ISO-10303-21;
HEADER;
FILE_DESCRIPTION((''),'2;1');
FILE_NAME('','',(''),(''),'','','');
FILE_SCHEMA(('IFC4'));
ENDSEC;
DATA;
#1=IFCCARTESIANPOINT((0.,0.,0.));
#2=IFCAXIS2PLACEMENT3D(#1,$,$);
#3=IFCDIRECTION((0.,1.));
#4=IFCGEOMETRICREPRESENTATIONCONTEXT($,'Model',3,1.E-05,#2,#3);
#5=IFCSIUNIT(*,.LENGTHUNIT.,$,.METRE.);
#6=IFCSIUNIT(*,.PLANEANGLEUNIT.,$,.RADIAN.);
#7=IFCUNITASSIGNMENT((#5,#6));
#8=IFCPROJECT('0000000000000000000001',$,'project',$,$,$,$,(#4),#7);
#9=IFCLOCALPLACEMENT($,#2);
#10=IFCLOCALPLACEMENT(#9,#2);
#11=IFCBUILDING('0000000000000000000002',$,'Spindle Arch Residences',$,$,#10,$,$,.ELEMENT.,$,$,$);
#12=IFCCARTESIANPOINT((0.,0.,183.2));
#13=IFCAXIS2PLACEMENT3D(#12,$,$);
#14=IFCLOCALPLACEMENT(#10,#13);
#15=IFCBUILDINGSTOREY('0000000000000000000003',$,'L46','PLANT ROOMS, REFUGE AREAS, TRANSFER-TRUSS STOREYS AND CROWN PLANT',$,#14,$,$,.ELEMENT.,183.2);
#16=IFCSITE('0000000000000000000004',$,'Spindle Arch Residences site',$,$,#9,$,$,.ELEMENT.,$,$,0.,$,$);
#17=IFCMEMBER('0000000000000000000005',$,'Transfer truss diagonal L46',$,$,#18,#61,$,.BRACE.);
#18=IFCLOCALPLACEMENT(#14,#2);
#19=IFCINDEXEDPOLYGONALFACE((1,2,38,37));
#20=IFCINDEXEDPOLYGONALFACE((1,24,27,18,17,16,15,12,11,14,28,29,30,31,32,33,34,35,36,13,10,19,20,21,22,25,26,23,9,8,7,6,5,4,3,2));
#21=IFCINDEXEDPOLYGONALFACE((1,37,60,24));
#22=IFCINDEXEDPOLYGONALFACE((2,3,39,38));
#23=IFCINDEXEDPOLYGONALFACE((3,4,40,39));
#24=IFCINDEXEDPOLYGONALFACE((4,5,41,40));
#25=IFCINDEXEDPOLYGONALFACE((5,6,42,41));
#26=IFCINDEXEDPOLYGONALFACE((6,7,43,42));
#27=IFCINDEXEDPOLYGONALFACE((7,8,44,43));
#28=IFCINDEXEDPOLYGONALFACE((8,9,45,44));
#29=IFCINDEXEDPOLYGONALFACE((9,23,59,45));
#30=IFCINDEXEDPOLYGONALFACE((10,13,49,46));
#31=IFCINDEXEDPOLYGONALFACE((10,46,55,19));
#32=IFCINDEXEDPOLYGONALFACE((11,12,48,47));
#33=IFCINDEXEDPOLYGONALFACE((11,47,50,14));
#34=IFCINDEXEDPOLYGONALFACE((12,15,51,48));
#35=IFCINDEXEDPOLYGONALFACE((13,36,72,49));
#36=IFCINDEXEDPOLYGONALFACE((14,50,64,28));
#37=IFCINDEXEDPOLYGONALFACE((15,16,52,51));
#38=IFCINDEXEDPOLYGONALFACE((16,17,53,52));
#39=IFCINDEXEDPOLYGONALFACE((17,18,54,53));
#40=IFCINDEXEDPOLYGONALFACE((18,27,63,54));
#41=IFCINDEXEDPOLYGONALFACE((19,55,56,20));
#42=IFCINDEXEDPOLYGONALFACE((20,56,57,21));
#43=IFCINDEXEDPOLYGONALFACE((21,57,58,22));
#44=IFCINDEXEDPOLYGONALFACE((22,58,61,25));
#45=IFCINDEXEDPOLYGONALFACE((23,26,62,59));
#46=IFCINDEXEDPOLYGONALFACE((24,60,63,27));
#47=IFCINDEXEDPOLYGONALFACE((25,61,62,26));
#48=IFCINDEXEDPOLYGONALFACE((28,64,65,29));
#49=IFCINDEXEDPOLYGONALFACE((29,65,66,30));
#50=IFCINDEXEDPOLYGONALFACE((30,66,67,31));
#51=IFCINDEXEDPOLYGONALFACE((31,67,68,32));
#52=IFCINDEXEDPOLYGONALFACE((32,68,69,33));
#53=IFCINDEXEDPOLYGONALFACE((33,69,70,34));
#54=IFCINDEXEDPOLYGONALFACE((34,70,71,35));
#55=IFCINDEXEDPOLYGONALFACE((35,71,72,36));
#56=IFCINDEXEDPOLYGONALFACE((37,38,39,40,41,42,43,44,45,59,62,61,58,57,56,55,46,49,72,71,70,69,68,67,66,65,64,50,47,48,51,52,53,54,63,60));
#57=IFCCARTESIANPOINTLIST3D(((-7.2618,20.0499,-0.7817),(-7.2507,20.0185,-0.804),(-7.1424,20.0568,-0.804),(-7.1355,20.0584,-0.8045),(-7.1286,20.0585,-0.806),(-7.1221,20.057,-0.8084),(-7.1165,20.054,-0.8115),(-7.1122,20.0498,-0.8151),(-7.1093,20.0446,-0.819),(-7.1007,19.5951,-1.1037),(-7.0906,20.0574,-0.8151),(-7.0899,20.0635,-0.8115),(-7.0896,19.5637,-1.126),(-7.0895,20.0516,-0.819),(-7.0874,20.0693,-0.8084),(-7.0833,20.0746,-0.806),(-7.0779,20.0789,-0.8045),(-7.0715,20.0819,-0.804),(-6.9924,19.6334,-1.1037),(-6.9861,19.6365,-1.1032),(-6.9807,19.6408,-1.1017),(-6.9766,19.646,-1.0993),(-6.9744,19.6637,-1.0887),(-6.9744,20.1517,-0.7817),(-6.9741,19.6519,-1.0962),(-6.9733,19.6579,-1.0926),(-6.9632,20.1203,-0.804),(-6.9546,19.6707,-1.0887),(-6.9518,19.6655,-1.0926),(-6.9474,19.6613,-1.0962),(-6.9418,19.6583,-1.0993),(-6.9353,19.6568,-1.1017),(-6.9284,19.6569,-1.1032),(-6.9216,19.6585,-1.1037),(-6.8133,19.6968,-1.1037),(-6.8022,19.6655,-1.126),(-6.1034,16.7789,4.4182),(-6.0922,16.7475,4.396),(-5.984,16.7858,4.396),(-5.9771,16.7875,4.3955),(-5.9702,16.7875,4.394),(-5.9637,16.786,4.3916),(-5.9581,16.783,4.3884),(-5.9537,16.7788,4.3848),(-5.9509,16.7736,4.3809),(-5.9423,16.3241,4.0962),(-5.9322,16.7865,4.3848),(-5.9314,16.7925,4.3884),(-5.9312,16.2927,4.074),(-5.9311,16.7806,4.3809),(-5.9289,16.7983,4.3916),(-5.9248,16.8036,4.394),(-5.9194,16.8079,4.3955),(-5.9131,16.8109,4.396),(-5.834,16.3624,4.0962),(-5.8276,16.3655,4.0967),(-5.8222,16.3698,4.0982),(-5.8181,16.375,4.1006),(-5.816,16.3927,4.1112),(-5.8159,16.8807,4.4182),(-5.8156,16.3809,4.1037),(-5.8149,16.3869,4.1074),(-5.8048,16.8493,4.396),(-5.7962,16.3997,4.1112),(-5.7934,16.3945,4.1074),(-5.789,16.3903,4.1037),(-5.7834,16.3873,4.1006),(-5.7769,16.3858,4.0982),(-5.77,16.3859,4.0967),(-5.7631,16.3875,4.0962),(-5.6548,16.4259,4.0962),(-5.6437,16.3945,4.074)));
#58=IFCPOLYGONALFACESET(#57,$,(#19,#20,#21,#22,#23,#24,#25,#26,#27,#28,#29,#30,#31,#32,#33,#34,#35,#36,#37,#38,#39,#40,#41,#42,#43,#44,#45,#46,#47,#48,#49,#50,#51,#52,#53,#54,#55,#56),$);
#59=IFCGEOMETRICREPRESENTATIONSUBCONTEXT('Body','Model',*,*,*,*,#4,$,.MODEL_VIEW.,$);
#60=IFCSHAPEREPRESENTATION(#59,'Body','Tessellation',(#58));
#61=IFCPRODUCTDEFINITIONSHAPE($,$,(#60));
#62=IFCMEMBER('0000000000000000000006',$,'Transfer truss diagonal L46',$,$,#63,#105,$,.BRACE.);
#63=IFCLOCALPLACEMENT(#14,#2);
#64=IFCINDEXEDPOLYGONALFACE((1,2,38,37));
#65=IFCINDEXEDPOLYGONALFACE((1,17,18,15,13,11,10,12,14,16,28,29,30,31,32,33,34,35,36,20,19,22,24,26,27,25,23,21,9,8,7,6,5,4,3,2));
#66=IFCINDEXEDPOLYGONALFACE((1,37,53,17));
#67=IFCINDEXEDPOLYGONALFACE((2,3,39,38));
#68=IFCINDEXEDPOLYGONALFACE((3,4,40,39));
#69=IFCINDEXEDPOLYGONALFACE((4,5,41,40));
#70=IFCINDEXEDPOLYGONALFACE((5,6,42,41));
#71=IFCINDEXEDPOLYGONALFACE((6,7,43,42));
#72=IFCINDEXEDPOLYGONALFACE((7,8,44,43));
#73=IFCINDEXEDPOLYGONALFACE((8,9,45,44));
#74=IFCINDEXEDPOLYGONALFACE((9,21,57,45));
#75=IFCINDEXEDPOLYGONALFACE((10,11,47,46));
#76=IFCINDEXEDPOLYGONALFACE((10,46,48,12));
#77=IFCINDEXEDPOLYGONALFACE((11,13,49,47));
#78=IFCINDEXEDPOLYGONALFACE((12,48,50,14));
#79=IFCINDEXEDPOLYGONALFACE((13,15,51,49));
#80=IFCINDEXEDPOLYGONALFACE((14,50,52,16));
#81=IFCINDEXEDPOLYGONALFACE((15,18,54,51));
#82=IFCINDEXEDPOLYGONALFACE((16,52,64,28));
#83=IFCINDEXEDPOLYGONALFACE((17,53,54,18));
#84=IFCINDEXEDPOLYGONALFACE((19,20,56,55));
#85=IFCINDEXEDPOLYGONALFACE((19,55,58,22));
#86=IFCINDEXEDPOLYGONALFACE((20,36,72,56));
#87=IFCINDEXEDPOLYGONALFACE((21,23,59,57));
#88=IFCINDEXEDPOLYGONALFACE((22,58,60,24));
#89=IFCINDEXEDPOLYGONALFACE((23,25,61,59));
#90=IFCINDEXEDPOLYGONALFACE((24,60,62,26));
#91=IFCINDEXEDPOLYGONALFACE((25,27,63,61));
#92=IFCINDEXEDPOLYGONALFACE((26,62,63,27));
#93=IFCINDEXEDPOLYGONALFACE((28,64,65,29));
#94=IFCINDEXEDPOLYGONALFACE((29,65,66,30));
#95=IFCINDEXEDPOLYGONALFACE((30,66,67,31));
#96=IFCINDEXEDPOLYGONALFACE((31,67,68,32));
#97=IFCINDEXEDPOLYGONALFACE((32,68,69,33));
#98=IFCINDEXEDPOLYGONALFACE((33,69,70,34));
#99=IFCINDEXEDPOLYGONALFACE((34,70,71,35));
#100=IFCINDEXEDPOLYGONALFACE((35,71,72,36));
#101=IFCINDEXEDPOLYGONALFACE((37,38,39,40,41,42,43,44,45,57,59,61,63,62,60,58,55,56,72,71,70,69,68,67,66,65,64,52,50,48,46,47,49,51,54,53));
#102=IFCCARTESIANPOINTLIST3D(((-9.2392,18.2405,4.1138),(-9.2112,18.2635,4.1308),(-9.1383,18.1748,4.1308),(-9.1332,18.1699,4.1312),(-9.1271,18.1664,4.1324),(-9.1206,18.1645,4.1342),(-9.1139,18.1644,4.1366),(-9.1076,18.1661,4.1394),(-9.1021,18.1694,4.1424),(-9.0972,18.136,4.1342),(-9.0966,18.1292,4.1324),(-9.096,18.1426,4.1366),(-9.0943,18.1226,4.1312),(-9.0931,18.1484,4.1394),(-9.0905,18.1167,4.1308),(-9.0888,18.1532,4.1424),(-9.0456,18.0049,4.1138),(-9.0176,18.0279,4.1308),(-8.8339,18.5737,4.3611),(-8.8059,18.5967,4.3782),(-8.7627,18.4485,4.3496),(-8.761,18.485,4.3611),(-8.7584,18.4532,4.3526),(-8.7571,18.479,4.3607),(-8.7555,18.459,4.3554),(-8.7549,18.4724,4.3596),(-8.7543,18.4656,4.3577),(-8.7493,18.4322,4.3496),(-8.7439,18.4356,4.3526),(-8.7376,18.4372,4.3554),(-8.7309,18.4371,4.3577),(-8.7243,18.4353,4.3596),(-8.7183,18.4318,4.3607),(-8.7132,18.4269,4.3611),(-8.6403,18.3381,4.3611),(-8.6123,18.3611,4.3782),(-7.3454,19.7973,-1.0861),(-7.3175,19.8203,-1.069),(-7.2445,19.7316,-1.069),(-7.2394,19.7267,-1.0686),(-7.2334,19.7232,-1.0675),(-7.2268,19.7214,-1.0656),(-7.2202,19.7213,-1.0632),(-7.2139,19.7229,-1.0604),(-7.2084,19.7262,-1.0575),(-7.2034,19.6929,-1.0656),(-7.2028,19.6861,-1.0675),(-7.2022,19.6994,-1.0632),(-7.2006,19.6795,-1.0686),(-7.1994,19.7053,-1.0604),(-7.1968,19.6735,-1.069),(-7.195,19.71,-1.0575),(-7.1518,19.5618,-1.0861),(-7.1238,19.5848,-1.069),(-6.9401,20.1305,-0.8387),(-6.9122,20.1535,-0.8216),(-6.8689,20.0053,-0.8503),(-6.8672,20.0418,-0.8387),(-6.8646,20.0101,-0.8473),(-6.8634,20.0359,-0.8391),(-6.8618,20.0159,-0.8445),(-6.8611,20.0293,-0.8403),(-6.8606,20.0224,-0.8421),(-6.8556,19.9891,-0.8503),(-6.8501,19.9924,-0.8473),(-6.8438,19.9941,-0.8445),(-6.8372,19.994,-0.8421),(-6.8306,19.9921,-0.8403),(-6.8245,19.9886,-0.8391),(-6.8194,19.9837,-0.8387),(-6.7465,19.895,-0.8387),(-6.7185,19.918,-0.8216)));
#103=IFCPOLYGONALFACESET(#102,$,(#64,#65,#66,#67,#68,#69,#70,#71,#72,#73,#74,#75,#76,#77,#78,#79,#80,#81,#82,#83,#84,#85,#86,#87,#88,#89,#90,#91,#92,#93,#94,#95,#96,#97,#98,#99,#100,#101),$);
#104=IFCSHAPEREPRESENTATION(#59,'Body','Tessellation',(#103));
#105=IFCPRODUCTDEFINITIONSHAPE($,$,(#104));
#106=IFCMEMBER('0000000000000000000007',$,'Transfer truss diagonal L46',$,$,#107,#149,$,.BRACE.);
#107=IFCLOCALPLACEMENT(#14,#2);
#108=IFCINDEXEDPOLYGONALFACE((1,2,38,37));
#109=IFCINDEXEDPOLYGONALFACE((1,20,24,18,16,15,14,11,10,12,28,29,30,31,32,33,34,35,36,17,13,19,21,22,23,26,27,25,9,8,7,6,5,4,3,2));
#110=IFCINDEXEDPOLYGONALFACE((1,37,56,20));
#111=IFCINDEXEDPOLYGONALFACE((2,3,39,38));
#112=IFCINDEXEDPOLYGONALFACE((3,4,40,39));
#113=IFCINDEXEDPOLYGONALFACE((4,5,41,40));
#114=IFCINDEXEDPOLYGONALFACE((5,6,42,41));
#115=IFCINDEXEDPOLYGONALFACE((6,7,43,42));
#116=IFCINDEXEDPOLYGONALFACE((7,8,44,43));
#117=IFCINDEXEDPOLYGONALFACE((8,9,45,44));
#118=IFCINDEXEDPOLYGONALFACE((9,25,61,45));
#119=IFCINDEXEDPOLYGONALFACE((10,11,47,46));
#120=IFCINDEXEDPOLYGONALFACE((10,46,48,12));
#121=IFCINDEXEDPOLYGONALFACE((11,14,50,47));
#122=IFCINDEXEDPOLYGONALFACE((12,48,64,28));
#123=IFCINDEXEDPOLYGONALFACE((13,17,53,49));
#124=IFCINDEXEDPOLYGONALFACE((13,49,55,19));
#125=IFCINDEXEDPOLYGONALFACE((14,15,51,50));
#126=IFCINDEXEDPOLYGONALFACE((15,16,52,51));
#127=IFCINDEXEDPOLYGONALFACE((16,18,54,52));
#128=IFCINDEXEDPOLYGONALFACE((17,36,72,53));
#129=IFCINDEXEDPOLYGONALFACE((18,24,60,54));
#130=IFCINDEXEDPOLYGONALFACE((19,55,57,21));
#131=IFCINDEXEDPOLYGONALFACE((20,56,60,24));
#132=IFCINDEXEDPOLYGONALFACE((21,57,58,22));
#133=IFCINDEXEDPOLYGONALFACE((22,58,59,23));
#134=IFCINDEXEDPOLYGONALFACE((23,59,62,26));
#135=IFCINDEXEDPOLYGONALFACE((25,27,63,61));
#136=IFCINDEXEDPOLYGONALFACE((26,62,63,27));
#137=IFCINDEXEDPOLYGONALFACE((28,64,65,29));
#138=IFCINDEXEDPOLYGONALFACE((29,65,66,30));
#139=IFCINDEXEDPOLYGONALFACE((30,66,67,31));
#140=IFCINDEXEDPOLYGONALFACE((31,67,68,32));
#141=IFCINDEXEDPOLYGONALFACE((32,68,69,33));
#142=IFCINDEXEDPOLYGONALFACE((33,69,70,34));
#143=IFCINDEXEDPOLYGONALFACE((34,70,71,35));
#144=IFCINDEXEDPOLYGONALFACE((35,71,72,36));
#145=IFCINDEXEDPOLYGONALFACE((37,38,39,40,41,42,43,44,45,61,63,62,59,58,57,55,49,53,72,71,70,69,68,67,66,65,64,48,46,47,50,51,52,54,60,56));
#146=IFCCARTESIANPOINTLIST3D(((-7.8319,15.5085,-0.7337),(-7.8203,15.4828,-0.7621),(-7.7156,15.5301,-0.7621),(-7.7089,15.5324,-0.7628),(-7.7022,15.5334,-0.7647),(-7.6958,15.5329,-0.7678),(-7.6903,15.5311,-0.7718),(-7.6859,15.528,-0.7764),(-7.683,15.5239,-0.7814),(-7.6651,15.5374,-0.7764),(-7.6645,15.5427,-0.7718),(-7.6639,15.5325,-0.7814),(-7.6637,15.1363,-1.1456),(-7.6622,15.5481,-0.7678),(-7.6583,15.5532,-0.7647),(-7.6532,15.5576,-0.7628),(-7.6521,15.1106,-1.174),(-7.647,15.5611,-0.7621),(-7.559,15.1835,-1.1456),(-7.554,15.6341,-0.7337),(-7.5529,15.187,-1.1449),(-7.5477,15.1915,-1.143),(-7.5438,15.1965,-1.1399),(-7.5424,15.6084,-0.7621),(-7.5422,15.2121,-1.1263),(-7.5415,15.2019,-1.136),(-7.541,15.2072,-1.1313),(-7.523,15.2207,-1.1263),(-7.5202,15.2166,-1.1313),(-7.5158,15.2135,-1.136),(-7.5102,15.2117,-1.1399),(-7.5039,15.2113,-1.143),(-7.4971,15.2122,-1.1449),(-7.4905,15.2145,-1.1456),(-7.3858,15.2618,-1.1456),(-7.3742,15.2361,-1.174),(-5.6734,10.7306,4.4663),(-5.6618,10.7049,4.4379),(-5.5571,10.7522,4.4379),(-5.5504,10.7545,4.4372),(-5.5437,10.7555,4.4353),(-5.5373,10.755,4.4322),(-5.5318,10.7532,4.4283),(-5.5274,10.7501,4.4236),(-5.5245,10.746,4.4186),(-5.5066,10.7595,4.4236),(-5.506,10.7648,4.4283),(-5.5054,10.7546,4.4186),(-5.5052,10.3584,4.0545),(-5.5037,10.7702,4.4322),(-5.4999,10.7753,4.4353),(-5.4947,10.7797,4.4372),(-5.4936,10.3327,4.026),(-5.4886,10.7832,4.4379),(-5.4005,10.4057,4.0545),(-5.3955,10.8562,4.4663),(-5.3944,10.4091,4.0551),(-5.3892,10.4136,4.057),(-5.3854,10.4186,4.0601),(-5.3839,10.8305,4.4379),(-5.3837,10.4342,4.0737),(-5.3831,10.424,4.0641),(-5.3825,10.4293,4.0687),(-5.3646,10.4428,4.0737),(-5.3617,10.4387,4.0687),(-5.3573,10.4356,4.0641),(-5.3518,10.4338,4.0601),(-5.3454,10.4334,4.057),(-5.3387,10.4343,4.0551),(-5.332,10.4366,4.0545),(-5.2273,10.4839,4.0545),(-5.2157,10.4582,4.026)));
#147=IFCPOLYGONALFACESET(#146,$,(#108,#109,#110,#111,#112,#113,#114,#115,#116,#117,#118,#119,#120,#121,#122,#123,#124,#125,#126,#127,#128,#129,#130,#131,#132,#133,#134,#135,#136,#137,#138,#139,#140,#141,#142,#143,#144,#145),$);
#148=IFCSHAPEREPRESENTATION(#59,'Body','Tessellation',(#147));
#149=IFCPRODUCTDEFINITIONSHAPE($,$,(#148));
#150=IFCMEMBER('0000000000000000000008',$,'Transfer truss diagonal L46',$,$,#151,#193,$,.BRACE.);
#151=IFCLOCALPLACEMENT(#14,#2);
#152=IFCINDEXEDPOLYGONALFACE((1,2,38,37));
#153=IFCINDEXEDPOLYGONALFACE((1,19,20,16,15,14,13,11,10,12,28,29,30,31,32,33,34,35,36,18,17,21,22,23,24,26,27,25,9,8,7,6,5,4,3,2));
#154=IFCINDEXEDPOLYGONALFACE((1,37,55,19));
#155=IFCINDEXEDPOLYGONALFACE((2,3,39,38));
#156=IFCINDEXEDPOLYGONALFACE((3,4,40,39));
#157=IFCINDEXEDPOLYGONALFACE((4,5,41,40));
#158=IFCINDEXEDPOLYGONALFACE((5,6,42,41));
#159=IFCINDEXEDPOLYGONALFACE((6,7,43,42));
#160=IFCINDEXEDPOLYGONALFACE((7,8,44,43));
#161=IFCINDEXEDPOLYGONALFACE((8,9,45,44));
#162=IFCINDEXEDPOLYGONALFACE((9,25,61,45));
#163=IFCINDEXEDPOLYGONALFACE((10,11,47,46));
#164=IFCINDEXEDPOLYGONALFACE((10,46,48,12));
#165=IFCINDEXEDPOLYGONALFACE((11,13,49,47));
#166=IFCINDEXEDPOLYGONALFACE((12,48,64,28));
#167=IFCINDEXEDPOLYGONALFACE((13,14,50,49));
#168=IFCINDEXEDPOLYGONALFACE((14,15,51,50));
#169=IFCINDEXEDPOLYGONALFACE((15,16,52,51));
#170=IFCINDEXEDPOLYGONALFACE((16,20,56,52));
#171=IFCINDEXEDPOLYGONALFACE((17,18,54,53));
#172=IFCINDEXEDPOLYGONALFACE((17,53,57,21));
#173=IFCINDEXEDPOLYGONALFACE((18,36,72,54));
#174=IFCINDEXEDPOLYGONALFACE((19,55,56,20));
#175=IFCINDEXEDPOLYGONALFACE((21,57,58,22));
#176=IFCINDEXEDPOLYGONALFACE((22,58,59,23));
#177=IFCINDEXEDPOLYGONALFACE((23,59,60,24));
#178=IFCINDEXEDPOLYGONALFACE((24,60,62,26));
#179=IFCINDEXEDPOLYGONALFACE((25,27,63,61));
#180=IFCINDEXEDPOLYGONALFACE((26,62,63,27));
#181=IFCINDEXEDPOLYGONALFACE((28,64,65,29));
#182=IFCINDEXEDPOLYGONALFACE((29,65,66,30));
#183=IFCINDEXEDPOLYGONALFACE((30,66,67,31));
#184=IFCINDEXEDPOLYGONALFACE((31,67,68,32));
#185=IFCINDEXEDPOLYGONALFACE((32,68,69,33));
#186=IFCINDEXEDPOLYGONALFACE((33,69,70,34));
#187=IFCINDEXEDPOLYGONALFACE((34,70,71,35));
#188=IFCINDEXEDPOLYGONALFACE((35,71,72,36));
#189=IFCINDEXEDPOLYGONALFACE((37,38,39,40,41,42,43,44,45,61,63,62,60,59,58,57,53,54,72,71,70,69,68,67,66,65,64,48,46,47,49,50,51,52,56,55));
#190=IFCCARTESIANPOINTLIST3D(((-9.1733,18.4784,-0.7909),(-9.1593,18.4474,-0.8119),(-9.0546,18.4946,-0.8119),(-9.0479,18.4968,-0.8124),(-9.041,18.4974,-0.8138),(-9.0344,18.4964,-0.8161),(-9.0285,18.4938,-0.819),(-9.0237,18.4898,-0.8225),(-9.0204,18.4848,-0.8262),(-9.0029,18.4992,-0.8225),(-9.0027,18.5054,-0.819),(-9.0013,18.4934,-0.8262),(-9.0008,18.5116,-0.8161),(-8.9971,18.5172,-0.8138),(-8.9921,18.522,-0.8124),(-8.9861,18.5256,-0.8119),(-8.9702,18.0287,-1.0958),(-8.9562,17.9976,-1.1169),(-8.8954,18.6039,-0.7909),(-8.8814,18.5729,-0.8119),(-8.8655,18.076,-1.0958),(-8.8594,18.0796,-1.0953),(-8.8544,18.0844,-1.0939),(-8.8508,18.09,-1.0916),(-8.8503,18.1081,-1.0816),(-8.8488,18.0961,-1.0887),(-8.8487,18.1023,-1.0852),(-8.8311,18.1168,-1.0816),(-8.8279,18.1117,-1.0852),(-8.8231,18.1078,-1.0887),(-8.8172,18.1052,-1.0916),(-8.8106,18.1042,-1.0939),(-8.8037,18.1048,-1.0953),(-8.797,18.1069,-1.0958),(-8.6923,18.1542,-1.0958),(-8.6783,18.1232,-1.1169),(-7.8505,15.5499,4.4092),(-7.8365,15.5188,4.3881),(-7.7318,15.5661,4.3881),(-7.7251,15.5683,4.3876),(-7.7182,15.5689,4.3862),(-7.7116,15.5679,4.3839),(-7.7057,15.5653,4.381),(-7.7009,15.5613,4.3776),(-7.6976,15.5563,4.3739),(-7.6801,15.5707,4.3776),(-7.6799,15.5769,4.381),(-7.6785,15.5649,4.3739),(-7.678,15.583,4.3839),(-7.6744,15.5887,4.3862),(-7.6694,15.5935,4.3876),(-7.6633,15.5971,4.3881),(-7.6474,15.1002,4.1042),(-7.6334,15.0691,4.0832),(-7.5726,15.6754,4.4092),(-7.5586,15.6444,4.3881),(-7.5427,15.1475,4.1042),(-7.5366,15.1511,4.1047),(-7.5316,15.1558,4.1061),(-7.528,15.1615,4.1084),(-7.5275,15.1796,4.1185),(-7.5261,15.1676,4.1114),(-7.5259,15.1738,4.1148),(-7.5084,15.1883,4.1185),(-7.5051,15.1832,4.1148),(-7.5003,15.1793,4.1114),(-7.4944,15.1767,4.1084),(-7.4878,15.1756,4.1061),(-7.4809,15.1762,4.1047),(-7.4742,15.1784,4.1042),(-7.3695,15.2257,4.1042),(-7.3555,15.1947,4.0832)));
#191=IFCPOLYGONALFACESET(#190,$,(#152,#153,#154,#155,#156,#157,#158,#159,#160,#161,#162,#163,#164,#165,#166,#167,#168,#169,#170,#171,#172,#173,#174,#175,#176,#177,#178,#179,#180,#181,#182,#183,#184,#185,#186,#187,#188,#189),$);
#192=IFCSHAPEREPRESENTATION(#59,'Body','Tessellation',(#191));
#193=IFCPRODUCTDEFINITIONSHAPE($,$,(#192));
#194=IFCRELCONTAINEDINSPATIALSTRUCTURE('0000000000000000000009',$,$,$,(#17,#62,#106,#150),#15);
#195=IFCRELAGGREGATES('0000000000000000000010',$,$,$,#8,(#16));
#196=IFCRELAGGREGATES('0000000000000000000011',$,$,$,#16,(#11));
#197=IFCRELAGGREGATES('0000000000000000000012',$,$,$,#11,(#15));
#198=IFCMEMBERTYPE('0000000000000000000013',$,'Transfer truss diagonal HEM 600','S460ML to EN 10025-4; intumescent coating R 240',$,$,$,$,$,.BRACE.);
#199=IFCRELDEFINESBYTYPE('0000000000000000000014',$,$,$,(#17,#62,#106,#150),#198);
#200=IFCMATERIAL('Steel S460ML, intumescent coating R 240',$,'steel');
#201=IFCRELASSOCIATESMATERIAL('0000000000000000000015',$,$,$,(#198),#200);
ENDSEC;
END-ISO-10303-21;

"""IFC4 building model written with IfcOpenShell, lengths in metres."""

from ifc_helpers import new_model, si_unit, direction, frame, origin, origin_2d, place, context, subcontext, project, spatial, i_section, extrude, material, material_profile, profile_set, type_object, element, save


model = new_model("IFC4")

# Units and contexts
model_context = context("Model", 3, precision=1e-05, world=origin(), true_north=direction((0.0, 1.0)))
body_context = subcontext(model_context, "Body", "Model", "MODEL_VIEW")
ifc_project = project(units=[si_unit("LENGTHUNIT", "METRE"), si_unit("PLANEANGLEUNIT", "RADIAN")], contexts=[model_context])

# Site, building, storey
site_placement = place(None, origin())
site = spatial("IfcSite", under=ifc_project, at=site_placement, Name="Spindle Arch Residences site", CompositionType="ELEMENT", RefElevation=0.0)
building_placement = place(site_placement, origin())
building = spatial("IfcBuilding", under=site, at=building_placement, Name="Spindle Arch Residences", CompositionType="ELEMENT")
storey_placement = place(building_placement, frame((0.0, 0.0, 183.2)))
storey = spatial("IfcBuildingStorey", under=building, at=storey_placement, Name="L46", Description="PLANT ROOMS, REFUGE AREAS, TRANSFER-TRUSS STOREYS AND CROWN PLANT", CompositionType="ELEMENT", Elevation=183.2)

# Members
ifc_material_1 = material(Name="Steel S460ML, intumescent coating R 240", Category="steel")
ifc_material_profile_1 = material_profile(ifc_material_1, i_section(OverallWidth=0.3049, OverallDepth=0.6201, WebThickness=0.021, FlangeThickness=0.04, FilletRadius=0.0271, at=origin_2d()), Name="HEM 600")
ifc_profile_set_1 = profile_set([ifc_material_profile_1], Name="Steel S460ML, intumescent coating R 240")
member_type_1 = type_object("IfcMemberType", Name="Transfer truss diagonal HEM 600", Description="S460ML to EN 10025-4; intumescent coating R 240", PredefinedType="BRACE", material=ifc_profile_set_1)
member_1_placement = place(storey_placement, frame((-7.032, 19.8577, -0.9539), z_axis=(0.185308, -0.523236, 0.831796), x_axis=(0.94263, 0.333839, 0.0)))
element("IfcMember", 1, at=member_1_placement, inside=storey, type_object=member_type_1, Name="Transfer truss diagonal L46", PredefinedType="BRACE", context=body_context, shape_type="SweptSolid", body=[
    extrude(i_section(OverallWidth=0.3049, OverallDepth=0.6201, WebThickness=0.021, FlangeThickness=0.04, FilletRadius=0.0271, at=origin_2d()), origin(), (0.0, 0.0, 1.0), 6.2515),
])
member_2_placement = place(storey_placement, frame((-7.032, 19.8577, -0.9539), z_axis=(-0.329419, -0.270814, 0.904512), x_axis=(0.635047, -0.772473, 0.0)))
element("IfcMember", 2, at=member_2_placement, inside=storey, type_object=member_type_1, Name="Transfer truss diagonal L46", PredefinedType="BRACE", context=body_context, shape_type="SweptSolid", body=[
    extrude(i_section(OverallWidth=0.3049, OverallDepth=0.6201, WebThickness=0.021, FlangeThickness=0.04, FilletRadius=0.0271, at=origin_2d()), origin(), (0.0, 0.0, 1.0), 5.7488),
])
member_3_placement = place(storey_placement, frame((-7.603, 15.3723, -0.9539), z_axis=(0.292307, -0.647037, 0.704202), x_axis=(0.911319, 0.4117, 0.0)))
element("IfcMember", 3, at=member_3_placement, inside=storey, type_object=member_type_1, Name="Transfer truss diagonal L46", PredefinedType="BRACE", context=body_context, shape_type="SweptSolid", body=[
    extrude(i_section(OverallWidth=0.3049, OverallDepth=0.6201, WebThickness=0.021, FlangeThickness=0.04, FilletRadius=0.0271, at=origin_2d()), origin(), (0.0, 0.0, 1.0), 7.3843),
])
member_4_placement = place(storey_placement, frame((-8.9258, 18.3008, -0.9539), z_axis=(0.216394, -0.479079, 0.85068), x_axis=(0.911345, 0.411644, 0.0)))
element("IfcMember", 4, at=member_4_placement, inside=storey, type_object=member_type_1, Name="Transfer truss diagonal L46", PredefinedType="BRACE", context=body_context, shape_type="SweptSolid", body=[
    extrude(i_section(OverallWidth=0.3049, OverallDepth=0.6201, WebThickness=0.021, FlangeThickness=0.04, FilletRadius=0.0271, at=origin_2d()), origin(), (0.0, 0.0, 1.0), 6.1128),
])

save(model, "model.ifc")
